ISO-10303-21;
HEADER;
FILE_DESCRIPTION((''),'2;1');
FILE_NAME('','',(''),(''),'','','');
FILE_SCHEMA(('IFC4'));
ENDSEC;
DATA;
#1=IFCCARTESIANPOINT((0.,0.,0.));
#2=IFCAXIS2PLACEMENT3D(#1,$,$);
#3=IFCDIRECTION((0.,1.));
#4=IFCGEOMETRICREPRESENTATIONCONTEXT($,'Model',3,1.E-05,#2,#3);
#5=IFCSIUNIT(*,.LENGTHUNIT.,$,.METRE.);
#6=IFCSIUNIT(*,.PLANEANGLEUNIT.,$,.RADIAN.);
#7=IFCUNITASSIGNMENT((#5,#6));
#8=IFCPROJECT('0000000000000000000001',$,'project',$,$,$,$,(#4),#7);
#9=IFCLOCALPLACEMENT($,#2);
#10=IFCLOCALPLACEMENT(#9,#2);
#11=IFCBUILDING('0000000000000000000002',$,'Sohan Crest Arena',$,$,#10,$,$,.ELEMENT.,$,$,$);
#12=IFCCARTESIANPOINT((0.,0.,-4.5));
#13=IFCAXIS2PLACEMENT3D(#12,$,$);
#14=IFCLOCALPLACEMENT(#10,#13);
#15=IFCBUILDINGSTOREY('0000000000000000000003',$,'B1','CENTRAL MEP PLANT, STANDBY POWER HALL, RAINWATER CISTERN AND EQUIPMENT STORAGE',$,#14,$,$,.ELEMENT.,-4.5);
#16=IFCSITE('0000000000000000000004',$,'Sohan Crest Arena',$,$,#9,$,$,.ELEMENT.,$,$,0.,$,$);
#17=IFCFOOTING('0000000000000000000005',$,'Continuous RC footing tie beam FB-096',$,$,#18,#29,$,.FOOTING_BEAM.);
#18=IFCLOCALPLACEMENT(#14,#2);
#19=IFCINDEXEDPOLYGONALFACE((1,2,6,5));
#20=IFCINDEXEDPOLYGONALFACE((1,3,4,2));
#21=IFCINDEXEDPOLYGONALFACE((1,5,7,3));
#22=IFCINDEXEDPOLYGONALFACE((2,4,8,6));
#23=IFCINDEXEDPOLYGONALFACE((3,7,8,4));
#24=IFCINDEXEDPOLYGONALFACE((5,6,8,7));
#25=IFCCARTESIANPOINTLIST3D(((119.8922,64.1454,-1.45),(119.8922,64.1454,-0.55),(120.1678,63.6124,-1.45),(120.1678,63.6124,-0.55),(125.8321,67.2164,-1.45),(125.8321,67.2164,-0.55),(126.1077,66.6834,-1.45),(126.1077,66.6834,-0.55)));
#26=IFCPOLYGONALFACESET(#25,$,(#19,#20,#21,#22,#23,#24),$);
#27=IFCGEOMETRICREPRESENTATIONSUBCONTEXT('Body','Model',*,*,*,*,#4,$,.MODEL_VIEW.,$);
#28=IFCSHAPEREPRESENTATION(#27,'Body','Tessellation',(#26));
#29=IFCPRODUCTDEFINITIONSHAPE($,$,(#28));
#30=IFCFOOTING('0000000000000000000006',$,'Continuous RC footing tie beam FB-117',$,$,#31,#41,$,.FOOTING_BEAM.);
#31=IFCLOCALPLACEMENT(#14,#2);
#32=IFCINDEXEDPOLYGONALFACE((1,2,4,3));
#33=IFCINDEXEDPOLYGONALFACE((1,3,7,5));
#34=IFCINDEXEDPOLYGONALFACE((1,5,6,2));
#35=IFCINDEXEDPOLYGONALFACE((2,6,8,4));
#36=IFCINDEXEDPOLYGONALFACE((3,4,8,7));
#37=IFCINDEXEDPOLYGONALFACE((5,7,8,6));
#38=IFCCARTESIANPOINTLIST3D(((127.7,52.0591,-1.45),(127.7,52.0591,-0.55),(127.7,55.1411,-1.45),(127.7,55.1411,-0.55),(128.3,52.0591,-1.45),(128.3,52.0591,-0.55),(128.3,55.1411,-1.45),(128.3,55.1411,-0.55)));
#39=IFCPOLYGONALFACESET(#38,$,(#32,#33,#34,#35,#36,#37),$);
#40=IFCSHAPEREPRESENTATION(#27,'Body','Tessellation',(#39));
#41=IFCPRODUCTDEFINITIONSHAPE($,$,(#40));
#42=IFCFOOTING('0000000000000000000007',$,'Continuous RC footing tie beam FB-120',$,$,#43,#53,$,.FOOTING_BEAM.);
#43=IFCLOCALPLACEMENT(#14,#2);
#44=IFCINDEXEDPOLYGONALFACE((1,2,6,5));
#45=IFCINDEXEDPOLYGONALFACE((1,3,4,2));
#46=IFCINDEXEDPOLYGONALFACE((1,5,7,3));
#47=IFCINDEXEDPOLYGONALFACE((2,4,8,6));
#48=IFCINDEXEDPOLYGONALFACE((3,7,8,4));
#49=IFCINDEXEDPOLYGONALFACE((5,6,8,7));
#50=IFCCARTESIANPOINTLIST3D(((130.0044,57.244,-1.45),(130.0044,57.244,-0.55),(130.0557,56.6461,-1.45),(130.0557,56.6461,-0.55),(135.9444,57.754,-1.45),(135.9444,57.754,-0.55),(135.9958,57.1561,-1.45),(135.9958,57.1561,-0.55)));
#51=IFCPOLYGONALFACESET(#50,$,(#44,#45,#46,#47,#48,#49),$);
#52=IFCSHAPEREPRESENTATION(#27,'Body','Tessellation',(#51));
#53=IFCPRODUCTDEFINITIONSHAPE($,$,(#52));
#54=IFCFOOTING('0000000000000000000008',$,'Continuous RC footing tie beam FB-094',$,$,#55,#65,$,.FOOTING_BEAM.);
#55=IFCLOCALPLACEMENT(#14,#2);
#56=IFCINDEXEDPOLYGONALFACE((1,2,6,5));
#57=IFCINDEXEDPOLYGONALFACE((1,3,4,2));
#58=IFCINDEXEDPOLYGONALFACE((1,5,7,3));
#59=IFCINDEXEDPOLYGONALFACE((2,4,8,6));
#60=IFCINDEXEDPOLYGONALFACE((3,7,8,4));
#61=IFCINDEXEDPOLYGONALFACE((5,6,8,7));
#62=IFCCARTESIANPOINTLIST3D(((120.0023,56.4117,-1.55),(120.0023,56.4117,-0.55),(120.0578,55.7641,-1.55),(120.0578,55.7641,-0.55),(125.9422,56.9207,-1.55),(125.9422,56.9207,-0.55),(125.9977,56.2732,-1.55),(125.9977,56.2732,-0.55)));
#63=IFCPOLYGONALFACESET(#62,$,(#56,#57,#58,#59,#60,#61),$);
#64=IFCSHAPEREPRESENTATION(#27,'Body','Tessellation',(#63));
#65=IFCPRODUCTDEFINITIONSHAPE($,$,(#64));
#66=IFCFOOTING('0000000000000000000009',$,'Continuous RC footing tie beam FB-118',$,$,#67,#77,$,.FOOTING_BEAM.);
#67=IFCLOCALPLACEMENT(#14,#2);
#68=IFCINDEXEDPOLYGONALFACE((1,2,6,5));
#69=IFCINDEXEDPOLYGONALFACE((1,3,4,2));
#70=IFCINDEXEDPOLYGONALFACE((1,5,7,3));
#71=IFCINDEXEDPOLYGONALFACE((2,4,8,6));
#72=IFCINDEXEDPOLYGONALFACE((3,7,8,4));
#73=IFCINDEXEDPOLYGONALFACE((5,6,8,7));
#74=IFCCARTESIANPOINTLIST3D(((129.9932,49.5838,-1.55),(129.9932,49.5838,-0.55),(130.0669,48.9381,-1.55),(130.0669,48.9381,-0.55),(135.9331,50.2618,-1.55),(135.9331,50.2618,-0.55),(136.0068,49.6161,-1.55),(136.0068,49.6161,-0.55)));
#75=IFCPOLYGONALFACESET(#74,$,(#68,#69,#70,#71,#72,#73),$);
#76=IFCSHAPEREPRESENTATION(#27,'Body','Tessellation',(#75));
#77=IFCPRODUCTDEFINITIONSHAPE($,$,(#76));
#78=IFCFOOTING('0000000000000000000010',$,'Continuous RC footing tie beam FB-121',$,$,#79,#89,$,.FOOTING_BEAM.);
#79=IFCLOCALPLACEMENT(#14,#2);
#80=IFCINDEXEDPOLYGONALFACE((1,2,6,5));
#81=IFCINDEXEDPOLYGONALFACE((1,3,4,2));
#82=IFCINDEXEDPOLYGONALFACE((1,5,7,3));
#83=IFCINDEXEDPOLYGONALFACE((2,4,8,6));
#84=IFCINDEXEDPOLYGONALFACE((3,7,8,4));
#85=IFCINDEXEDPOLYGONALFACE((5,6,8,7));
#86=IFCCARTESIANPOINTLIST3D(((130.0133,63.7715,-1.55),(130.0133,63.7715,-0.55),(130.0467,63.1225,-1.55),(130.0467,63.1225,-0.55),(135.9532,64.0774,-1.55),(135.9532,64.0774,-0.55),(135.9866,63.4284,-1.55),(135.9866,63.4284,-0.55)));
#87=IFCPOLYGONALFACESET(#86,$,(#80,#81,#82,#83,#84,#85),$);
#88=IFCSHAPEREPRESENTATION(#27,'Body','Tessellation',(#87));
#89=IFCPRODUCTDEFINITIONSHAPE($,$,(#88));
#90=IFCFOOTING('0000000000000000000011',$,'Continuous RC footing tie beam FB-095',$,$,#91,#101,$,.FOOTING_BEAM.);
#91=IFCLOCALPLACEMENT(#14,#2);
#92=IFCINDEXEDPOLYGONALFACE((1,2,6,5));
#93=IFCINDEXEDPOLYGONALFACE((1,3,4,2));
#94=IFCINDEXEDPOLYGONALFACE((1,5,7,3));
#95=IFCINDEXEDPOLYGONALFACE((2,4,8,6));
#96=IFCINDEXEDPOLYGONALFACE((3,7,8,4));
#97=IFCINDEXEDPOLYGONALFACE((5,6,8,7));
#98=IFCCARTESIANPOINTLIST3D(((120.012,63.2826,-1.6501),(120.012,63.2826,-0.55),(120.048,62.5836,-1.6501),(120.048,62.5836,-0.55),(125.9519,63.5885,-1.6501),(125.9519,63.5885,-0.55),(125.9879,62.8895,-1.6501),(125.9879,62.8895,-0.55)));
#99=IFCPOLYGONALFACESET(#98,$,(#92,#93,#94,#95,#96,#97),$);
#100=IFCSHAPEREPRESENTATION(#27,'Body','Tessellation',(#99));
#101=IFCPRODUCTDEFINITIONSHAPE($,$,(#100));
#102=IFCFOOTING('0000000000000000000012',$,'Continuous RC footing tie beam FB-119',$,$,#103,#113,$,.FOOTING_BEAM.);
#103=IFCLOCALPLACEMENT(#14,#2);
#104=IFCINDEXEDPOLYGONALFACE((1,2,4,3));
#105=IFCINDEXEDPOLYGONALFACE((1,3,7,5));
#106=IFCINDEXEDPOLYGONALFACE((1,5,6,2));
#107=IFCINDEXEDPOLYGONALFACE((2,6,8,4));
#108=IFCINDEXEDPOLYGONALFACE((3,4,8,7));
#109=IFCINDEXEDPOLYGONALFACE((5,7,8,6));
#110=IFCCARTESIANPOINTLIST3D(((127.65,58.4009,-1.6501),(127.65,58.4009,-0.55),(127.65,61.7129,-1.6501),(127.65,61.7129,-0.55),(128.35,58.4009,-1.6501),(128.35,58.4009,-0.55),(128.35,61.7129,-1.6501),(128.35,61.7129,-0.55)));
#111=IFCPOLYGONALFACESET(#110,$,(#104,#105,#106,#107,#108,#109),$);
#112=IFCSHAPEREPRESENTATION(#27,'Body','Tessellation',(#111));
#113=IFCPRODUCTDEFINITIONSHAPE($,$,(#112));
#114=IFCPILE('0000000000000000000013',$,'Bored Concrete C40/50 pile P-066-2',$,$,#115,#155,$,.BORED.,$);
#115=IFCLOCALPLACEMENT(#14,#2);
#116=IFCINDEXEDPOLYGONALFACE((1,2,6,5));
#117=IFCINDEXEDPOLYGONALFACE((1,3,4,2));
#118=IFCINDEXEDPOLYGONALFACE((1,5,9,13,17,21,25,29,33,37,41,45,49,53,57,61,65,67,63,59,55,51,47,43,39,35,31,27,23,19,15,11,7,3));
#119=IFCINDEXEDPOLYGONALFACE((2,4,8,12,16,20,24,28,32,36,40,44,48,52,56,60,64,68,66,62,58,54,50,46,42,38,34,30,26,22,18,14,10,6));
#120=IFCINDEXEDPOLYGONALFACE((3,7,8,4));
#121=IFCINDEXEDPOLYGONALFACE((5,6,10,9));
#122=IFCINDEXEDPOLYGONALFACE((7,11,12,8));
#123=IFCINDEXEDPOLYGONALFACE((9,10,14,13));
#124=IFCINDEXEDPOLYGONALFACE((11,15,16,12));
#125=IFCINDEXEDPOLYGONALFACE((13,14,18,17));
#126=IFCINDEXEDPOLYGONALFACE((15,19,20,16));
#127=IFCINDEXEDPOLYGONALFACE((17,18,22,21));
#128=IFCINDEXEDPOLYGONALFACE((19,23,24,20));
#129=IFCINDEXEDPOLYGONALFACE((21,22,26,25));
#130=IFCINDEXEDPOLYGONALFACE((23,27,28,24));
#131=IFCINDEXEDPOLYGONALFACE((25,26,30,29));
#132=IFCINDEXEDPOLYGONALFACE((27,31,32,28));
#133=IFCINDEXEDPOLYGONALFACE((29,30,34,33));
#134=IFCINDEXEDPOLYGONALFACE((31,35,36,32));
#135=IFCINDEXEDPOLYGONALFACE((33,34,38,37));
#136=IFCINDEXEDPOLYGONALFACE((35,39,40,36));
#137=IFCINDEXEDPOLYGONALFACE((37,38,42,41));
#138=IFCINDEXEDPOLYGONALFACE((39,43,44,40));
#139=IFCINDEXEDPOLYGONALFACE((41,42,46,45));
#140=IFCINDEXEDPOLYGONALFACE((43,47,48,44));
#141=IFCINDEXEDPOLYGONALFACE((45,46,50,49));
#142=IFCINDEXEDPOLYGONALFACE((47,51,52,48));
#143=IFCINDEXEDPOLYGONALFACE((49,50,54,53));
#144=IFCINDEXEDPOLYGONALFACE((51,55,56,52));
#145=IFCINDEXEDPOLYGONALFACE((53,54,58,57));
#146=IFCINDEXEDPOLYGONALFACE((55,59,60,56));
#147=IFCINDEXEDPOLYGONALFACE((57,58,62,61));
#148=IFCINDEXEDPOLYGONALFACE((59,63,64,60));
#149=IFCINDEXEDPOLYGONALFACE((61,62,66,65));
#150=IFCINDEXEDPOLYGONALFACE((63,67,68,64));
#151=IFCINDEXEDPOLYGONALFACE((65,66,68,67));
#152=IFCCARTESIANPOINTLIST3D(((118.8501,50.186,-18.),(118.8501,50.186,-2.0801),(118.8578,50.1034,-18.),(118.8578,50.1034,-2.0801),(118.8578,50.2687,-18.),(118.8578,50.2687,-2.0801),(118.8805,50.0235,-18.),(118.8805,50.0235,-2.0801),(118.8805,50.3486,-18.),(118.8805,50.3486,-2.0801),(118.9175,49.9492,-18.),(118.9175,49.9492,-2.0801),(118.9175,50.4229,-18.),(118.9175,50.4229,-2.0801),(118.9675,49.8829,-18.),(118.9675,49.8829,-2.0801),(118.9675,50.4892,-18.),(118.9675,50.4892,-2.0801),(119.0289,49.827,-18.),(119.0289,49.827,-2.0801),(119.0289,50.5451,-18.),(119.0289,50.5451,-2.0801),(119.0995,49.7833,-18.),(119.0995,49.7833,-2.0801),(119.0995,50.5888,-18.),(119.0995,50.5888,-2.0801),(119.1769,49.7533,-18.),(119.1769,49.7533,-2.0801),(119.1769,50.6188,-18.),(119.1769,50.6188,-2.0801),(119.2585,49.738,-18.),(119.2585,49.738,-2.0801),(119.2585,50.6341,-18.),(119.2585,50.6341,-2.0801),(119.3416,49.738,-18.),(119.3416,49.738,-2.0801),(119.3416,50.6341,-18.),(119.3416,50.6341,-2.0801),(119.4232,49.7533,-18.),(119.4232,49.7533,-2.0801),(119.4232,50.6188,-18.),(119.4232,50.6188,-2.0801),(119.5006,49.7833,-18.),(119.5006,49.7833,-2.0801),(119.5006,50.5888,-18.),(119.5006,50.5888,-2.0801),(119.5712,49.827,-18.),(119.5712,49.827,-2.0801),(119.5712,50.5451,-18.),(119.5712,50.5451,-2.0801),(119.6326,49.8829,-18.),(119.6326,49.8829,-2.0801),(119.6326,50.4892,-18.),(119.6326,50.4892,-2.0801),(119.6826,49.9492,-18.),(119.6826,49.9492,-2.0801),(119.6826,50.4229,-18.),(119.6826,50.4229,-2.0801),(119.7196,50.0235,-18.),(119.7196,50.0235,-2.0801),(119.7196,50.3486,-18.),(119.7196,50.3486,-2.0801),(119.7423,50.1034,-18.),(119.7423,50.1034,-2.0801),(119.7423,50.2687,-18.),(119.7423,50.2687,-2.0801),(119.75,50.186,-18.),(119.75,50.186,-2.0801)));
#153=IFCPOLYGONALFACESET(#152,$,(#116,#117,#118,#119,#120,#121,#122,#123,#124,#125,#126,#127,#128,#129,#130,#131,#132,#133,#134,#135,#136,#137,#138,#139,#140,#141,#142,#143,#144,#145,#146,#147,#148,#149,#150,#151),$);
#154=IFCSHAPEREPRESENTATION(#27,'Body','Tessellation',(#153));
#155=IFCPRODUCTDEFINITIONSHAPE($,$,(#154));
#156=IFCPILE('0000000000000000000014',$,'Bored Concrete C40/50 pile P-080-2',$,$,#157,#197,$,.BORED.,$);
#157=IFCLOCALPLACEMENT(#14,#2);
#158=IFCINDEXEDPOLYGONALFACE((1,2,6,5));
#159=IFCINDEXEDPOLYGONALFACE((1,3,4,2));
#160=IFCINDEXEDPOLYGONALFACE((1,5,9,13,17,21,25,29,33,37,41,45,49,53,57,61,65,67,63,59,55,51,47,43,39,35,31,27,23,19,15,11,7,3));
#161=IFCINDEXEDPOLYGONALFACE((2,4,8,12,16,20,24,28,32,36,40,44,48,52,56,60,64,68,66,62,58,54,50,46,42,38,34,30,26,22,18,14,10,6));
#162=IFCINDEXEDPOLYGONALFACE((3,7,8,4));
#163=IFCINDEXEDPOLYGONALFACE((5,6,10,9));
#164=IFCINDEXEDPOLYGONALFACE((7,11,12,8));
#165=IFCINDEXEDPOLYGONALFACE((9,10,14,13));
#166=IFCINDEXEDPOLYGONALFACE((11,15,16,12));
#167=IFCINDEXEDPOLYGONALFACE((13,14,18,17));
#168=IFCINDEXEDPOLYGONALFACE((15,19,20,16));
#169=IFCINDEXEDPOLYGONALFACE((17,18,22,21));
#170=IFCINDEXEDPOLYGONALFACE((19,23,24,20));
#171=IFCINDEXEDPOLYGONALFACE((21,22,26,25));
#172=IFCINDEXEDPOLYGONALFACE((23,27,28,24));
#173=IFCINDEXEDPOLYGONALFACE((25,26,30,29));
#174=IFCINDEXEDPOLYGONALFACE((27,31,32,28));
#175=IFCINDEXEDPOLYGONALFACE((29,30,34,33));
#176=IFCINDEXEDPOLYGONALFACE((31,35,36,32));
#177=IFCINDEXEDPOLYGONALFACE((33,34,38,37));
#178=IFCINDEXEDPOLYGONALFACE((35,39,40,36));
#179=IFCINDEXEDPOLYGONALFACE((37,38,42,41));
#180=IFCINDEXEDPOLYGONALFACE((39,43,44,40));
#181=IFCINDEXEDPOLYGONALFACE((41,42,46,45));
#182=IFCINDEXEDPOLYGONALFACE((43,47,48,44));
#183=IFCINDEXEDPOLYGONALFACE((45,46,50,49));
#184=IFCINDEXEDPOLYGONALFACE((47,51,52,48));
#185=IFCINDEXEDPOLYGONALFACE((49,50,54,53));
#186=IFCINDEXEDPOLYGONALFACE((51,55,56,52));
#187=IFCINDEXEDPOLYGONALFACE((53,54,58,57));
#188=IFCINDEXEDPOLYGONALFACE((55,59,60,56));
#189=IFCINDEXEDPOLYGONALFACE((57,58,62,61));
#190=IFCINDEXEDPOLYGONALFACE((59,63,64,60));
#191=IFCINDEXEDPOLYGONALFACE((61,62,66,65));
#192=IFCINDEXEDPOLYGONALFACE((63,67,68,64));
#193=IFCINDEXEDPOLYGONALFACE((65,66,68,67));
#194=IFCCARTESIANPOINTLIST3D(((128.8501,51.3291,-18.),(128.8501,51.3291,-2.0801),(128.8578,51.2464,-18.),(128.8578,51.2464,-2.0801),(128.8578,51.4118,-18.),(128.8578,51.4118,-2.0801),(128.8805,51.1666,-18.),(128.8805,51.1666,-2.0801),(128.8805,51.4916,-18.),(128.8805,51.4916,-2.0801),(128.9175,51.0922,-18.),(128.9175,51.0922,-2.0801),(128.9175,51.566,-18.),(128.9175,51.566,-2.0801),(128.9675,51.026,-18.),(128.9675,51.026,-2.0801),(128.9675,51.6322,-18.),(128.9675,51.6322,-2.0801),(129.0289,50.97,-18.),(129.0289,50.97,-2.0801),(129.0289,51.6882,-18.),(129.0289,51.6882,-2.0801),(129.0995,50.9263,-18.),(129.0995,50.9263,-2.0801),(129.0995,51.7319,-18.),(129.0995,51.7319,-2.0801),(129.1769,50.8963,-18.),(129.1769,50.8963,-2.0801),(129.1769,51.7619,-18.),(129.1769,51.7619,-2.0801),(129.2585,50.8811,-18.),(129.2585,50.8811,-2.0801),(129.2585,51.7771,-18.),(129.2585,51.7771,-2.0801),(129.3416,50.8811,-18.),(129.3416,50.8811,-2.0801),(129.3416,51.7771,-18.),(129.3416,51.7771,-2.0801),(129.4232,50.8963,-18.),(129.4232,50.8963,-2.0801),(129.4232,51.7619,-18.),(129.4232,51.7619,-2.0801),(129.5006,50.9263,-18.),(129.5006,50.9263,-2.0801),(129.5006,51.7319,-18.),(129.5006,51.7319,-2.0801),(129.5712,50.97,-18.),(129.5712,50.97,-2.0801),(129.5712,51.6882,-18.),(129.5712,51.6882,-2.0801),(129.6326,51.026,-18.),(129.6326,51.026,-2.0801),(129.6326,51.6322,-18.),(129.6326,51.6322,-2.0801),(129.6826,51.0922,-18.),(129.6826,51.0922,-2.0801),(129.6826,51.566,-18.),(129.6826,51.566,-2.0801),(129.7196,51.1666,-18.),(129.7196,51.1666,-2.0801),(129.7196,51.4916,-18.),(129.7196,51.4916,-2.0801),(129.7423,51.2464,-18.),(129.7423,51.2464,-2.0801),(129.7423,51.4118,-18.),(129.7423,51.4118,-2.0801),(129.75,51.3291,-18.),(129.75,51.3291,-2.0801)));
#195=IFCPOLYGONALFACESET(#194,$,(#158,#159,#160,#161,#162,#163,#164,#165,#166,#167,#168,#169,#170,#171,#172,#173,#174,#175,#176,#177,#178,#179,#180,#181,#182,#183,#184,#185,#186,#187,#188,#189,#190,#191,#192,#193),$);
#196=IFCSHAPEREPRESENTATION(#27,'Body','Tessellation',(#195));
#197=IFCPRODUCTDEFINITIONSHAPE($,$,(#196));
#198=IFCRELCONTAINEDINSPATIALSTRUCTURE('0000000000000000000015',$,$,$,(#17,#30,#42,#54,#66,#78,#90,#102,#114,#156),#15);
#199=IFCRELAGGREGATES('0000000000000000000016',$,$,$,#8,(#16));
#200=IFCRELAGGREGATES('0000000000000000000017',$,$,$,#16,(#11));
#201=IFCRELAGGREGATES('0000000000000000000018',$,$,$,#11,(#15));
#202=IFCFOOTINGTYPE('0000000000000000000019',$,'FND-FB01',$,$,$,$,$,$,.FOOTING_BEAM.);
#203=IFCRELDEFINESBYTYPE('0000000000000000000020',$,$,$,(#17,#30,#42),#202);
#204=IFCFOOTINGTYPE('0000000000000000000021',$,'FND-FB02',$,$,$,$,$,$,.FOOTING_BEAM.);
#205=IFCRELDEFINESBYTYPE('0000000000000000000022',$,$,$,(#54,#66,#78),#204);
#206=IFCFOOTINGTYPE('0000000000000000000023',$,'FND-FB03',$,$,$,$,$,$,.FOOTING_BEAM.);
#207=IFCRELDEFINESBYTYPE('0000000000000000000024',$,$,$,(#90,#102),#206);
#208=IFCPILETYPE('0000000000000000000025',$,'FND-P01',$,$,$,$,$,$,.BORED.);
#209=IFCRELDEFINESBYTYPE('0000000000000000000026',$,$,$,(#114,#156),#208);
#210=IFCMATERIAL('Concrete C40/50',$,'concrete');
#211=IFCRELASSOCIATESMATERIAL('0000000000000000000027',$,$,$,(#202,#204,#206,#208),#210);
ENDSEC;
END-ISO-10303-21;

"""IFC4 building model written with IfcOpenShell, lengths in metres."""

from ifc_helpers import new_model, si_unit, direction, frame, origin, origin_2d, place, context, subcontext, project, spatial, rectangle, circle, extrude, material, material_profile, profile_set, type_object, element, save


model = new_model("IFC4")

# Units and contexts
model_context = context("Model", 3, precision=1e-05, world=origin(), true_north=direction((0.0, 1.0)))
body_context = subcontext(model_context, "Body", "Model", "MODEL_VIEW")
ifc_project = project(units=[si_unit("LENGTHUNIT", "METRE"), si_unit("PLANEANGLEUNIT", "RADIAN")], contexts=[model_context])

# Site, building, storey
site_placement = place(None, origin())
site = spatial("IfcSite", under=ifc_project, at=site_placement, Name="Sohan Crest Arena", CompositionType="ELEMENT", RefElevation=0.0)
building_placement = place(site_placement, origin())
building = spatial("IfcBuilding", under=site, at=building_placement, Name="Sohan Crest Arena", CompositionType="ELEMENT")
storey_placement = place(building_placement, frame((0.0, 0.0, -4.5)))
storey = spatial("IfcBuildingStorey", under=building, at=storey_placement, Name="B1", Description="CENTRAL MEP PLANT, STANDBY POWER HALL, RAINWATER CISTERN AND EQUIPMENT STORAGE", CompositionType="ELEMENT", Elevation=-4.5)

# Footings
ifc_material_1 = material(Name="Concrete C40/50", Category="concrete")
ifc_material_profile_1 = material_profile(ifc_material_1, rectangle(XDim=0.6001, YDim=0.8999, at=origin_2d()), Name="RC-FB 600x900")
ifc_profile_set_1 = profile_set([ifc_material_profile_1], Name="Concrete C40/50")
footing_type_1 = type_object("IfcFootingType", Name="FND-FB01", PredefinedType="FOOTING_BEAM", material=ifc_profile_set_1)
footing_1_placement = place(storey_placement, frame((120.03, 63.8789, -1.0), z_axis=(0.888299, 0.459265, 0.0), x_axis=(-0.459265, 0.888299, 0.0)))
element("IfcFooting", 1, at=footing_1_placement, inside=storey, type_object=footing_type_1, Name="Continuous RC footing tie beam FB-096", PredefinedType="FOOTING_BEAM", context=body_context, shape_type="SweptSolid", body=[
    extrude(rectangle(XDim=0.6001, YDim=0.8999, at=origin_2d()), origin(), (0.0, 0.0, 1.0), 6.6868),
])
footing_2_placement = place(storey_placement, frame((128.0, 52.0591, -1.0), z_axis=(0.0, 1.0, 0.0), x_axis=(-1.0, 0.0, 0.0)))
element("IfcFooting", 2, at=footing_2_placement, inside=storey, type_object=footing_type_1, Name="Continuous RC footing tie beam FB-117", PredefinedType="FOOTING_BEAM", context=body_context, shape_type="SweptSolid", body=[
    extrude(rectangle(XDim=0.6001, YDim=0.8999, at=origin_2d()), origin(), (0.0, 0.0, 1.0), 3.082),
])
footing_3_placement = place(storey_placement, frame((130.03, 56.9451, -1.0), z_axis=(0.996334, 0.085546, 0.0), x_axis=(-0.085546, 0.996334, 0.0)))
element("IfcFooting", 3, at=footing_3_placement, inside=storey, type_object=footing_type_1, Name="Continuous RC footing tie beam FB-120", PredefinedType="FOOTING_BEAM", context=body_context, shape_type="SweptSolid", body=[
    extrude(rectangle(XDim=0.6001, YDim=0.8999, at=origin_2d()), origin(), (0.0, 0.0, 1.0), 5.9619),
])
ifc_material_profile_2 = material_profile(ifc_material_1, rectangle(XDim=0.6499, YDim=1.0, at=origin_2d()), Name="RC-FB 650x1000")
ifc_profile_set_2 = profile_set([ifc_material_profile_2], Name="Concrete C40/50")
footing_type_2 = type_object("IfcFootingType", Name="FND-FB02", PredefinedType="FOOTING_BEAM", material=ifc_profile_set_2)
footing_4_placement = place(storey_placement, frame((120.03, 56.0879, -1.05), z_axis=(0.996348, 0.085384, 0.0), x_axis=(-0.085384, 0.996348, 0.0)))
element("IfcFooting", 4, at=footing_4_placement, inside=storey, type_object=footing_type_2, Name="Continuous RC footing tie beam FB-094", PredefinedType="FOOTING_BEAM", context=body_context, shape_type="SweptSolid", body=[
    extrude(rectangle(XDim=0.6499, YDim=1.0, at=origin_2d()), origin(), (0.0, 0.0, 1.0), 5.9617),
])
footing_5_placement = place(storey_placement, frame((130.03, 49.261, -1.05), z_axis=(0.993549, 0.113403, 0.0), x_axis=(-0.113403, 0.993549, 0.0)))
element("IfcFooting", 5, at=footing_5_placement, inside=storey, type_object=footing_type_2, Name="Continuous RC footing tie beam FB-118", PredefinedType="FOOTING_BEAM", context=body_context, shape_type="SweptSolid", body=[
    extrude(rectangle(XDim=0.6499, YDim=1.0, at=origin_2d()), origin(), (0.0, 0.0, 1.0), 5.9785),
])
footing_6_placement = place(storey_placement, frame((130.03, 63.447, -1.05), z_axis=(0.998676, 0.051432, 0.0), x_axis=(-0.051432, 0.998676, 0.0)))
element("IfcFooting", 6, at=footing_6_placement, inside=storey, type_object=footing_type_2, Name="Continuous RC footing tie beam FB-121", PredefinedType="FOOTING_BEAM", context=body_context, shape_type="SweptSolid", body=[
    extrude(rectangle(XDim=0.6499, YDim=1.0, at=origin_2d()), origin(), (0.0, 0.0, 1.0), 5.9478),
])
ifc_material_profile_3 = material_profile(ifc_material_1, rectangle(XDim=0.7, YDim=1.1001, at=origin_2d()), Name="RC-FB 700x1100")
ifc_profile_set_3 = profile_set([ifc_material_profile_3], Name="Concrete C40/50")
footing_type_3 = type_object("IfcFootingType", Name="FND-FB03", PredefinedType="FOOTING_BEAM", material=ifc_profile_set_3)
footing_7_placement = place(storey_placement, frame((120.03, 62.9331, -1.1001), z_axis=(0.998676, 0.051432, 0.0), x_axis=(-0.051432, 0.998676, 0.0)))
element("IfcFooting", 7, at=footing_7_placement, inside=storey, type_object=footing_type_3, Name="Continuous RC footing tie beam FB-095", PredefinedType="FOOTING_BEAM", context=body_context, shape_type="SweptSolid", body=[
    extrude(rectangle(XDim=0.7, YDim=1.1001, at=origin_2d()), origin(), (0.0, 0.0, 1.0), 5.9478),
])
footing_8_placement = place(storey_placement, frame((128.0, 58.4009, -1.1001), z_axis=(0.0, 1.0, 0.0), x_axis=(-1.0, 0.0, 0.0)))
element("IfcFooting", 8, at=footing_8_placement, inside=storey, type_object=footing_type_3, Name="Continuous RC footing tie beam FB-119", PredefinedType="FOOTING_BEAM", context=body_context, shape_type="SweptSolid", body=[
    extrude(rectangle(XDim=0.7, YDim=1.1001, at=origin_2d()), origin(), (0.0, 0.0, 1.0), 3.312),
])

# Piles
ifc_material_profile_4 = material_profile(ifc_material_1, circle(Radius=0.45, at=origin_2d()), Name="PILE D900")
ifc_profile_set_4 = profile_set([ifc_material_profile_4], Name="Concrete C40/50")
pile_type_1 = type_object("IfcPileType", Name="FND-P01", PredefinedType="BORED", material=ifc_profile_set_4)
for number, where, z_axis, x_axis, name in (
    (9, (119.3, 50.186, -18.0), (0.0, 0.0, 1.0), (1.0, 0.0, 0.0), "Bored Concrete C40/50 pile P-066-2"),
    (10, (129.3, 51.3291, -18.0), (0.0, 0.0, 1.0), (1.0, 0.0, 0.0), "Bored Concrete C40/50 pile P-080-2"),
):
    element("IfcPile", number, at=place(storey_placement, frame(where, z_axis=z_axis, x_axis=x_axis)), inside=storey, type_object=pile_type_1, Name=name, PredefinedType="BORED", context=body_context, shape_type="SweptSolid", body=[
        extrude(circle(Radius=0.45, at=origin_2d()), origin(), (0.0, 0.0, 1.0), 15.9199),
    ])

save(model, "model.ifc")
